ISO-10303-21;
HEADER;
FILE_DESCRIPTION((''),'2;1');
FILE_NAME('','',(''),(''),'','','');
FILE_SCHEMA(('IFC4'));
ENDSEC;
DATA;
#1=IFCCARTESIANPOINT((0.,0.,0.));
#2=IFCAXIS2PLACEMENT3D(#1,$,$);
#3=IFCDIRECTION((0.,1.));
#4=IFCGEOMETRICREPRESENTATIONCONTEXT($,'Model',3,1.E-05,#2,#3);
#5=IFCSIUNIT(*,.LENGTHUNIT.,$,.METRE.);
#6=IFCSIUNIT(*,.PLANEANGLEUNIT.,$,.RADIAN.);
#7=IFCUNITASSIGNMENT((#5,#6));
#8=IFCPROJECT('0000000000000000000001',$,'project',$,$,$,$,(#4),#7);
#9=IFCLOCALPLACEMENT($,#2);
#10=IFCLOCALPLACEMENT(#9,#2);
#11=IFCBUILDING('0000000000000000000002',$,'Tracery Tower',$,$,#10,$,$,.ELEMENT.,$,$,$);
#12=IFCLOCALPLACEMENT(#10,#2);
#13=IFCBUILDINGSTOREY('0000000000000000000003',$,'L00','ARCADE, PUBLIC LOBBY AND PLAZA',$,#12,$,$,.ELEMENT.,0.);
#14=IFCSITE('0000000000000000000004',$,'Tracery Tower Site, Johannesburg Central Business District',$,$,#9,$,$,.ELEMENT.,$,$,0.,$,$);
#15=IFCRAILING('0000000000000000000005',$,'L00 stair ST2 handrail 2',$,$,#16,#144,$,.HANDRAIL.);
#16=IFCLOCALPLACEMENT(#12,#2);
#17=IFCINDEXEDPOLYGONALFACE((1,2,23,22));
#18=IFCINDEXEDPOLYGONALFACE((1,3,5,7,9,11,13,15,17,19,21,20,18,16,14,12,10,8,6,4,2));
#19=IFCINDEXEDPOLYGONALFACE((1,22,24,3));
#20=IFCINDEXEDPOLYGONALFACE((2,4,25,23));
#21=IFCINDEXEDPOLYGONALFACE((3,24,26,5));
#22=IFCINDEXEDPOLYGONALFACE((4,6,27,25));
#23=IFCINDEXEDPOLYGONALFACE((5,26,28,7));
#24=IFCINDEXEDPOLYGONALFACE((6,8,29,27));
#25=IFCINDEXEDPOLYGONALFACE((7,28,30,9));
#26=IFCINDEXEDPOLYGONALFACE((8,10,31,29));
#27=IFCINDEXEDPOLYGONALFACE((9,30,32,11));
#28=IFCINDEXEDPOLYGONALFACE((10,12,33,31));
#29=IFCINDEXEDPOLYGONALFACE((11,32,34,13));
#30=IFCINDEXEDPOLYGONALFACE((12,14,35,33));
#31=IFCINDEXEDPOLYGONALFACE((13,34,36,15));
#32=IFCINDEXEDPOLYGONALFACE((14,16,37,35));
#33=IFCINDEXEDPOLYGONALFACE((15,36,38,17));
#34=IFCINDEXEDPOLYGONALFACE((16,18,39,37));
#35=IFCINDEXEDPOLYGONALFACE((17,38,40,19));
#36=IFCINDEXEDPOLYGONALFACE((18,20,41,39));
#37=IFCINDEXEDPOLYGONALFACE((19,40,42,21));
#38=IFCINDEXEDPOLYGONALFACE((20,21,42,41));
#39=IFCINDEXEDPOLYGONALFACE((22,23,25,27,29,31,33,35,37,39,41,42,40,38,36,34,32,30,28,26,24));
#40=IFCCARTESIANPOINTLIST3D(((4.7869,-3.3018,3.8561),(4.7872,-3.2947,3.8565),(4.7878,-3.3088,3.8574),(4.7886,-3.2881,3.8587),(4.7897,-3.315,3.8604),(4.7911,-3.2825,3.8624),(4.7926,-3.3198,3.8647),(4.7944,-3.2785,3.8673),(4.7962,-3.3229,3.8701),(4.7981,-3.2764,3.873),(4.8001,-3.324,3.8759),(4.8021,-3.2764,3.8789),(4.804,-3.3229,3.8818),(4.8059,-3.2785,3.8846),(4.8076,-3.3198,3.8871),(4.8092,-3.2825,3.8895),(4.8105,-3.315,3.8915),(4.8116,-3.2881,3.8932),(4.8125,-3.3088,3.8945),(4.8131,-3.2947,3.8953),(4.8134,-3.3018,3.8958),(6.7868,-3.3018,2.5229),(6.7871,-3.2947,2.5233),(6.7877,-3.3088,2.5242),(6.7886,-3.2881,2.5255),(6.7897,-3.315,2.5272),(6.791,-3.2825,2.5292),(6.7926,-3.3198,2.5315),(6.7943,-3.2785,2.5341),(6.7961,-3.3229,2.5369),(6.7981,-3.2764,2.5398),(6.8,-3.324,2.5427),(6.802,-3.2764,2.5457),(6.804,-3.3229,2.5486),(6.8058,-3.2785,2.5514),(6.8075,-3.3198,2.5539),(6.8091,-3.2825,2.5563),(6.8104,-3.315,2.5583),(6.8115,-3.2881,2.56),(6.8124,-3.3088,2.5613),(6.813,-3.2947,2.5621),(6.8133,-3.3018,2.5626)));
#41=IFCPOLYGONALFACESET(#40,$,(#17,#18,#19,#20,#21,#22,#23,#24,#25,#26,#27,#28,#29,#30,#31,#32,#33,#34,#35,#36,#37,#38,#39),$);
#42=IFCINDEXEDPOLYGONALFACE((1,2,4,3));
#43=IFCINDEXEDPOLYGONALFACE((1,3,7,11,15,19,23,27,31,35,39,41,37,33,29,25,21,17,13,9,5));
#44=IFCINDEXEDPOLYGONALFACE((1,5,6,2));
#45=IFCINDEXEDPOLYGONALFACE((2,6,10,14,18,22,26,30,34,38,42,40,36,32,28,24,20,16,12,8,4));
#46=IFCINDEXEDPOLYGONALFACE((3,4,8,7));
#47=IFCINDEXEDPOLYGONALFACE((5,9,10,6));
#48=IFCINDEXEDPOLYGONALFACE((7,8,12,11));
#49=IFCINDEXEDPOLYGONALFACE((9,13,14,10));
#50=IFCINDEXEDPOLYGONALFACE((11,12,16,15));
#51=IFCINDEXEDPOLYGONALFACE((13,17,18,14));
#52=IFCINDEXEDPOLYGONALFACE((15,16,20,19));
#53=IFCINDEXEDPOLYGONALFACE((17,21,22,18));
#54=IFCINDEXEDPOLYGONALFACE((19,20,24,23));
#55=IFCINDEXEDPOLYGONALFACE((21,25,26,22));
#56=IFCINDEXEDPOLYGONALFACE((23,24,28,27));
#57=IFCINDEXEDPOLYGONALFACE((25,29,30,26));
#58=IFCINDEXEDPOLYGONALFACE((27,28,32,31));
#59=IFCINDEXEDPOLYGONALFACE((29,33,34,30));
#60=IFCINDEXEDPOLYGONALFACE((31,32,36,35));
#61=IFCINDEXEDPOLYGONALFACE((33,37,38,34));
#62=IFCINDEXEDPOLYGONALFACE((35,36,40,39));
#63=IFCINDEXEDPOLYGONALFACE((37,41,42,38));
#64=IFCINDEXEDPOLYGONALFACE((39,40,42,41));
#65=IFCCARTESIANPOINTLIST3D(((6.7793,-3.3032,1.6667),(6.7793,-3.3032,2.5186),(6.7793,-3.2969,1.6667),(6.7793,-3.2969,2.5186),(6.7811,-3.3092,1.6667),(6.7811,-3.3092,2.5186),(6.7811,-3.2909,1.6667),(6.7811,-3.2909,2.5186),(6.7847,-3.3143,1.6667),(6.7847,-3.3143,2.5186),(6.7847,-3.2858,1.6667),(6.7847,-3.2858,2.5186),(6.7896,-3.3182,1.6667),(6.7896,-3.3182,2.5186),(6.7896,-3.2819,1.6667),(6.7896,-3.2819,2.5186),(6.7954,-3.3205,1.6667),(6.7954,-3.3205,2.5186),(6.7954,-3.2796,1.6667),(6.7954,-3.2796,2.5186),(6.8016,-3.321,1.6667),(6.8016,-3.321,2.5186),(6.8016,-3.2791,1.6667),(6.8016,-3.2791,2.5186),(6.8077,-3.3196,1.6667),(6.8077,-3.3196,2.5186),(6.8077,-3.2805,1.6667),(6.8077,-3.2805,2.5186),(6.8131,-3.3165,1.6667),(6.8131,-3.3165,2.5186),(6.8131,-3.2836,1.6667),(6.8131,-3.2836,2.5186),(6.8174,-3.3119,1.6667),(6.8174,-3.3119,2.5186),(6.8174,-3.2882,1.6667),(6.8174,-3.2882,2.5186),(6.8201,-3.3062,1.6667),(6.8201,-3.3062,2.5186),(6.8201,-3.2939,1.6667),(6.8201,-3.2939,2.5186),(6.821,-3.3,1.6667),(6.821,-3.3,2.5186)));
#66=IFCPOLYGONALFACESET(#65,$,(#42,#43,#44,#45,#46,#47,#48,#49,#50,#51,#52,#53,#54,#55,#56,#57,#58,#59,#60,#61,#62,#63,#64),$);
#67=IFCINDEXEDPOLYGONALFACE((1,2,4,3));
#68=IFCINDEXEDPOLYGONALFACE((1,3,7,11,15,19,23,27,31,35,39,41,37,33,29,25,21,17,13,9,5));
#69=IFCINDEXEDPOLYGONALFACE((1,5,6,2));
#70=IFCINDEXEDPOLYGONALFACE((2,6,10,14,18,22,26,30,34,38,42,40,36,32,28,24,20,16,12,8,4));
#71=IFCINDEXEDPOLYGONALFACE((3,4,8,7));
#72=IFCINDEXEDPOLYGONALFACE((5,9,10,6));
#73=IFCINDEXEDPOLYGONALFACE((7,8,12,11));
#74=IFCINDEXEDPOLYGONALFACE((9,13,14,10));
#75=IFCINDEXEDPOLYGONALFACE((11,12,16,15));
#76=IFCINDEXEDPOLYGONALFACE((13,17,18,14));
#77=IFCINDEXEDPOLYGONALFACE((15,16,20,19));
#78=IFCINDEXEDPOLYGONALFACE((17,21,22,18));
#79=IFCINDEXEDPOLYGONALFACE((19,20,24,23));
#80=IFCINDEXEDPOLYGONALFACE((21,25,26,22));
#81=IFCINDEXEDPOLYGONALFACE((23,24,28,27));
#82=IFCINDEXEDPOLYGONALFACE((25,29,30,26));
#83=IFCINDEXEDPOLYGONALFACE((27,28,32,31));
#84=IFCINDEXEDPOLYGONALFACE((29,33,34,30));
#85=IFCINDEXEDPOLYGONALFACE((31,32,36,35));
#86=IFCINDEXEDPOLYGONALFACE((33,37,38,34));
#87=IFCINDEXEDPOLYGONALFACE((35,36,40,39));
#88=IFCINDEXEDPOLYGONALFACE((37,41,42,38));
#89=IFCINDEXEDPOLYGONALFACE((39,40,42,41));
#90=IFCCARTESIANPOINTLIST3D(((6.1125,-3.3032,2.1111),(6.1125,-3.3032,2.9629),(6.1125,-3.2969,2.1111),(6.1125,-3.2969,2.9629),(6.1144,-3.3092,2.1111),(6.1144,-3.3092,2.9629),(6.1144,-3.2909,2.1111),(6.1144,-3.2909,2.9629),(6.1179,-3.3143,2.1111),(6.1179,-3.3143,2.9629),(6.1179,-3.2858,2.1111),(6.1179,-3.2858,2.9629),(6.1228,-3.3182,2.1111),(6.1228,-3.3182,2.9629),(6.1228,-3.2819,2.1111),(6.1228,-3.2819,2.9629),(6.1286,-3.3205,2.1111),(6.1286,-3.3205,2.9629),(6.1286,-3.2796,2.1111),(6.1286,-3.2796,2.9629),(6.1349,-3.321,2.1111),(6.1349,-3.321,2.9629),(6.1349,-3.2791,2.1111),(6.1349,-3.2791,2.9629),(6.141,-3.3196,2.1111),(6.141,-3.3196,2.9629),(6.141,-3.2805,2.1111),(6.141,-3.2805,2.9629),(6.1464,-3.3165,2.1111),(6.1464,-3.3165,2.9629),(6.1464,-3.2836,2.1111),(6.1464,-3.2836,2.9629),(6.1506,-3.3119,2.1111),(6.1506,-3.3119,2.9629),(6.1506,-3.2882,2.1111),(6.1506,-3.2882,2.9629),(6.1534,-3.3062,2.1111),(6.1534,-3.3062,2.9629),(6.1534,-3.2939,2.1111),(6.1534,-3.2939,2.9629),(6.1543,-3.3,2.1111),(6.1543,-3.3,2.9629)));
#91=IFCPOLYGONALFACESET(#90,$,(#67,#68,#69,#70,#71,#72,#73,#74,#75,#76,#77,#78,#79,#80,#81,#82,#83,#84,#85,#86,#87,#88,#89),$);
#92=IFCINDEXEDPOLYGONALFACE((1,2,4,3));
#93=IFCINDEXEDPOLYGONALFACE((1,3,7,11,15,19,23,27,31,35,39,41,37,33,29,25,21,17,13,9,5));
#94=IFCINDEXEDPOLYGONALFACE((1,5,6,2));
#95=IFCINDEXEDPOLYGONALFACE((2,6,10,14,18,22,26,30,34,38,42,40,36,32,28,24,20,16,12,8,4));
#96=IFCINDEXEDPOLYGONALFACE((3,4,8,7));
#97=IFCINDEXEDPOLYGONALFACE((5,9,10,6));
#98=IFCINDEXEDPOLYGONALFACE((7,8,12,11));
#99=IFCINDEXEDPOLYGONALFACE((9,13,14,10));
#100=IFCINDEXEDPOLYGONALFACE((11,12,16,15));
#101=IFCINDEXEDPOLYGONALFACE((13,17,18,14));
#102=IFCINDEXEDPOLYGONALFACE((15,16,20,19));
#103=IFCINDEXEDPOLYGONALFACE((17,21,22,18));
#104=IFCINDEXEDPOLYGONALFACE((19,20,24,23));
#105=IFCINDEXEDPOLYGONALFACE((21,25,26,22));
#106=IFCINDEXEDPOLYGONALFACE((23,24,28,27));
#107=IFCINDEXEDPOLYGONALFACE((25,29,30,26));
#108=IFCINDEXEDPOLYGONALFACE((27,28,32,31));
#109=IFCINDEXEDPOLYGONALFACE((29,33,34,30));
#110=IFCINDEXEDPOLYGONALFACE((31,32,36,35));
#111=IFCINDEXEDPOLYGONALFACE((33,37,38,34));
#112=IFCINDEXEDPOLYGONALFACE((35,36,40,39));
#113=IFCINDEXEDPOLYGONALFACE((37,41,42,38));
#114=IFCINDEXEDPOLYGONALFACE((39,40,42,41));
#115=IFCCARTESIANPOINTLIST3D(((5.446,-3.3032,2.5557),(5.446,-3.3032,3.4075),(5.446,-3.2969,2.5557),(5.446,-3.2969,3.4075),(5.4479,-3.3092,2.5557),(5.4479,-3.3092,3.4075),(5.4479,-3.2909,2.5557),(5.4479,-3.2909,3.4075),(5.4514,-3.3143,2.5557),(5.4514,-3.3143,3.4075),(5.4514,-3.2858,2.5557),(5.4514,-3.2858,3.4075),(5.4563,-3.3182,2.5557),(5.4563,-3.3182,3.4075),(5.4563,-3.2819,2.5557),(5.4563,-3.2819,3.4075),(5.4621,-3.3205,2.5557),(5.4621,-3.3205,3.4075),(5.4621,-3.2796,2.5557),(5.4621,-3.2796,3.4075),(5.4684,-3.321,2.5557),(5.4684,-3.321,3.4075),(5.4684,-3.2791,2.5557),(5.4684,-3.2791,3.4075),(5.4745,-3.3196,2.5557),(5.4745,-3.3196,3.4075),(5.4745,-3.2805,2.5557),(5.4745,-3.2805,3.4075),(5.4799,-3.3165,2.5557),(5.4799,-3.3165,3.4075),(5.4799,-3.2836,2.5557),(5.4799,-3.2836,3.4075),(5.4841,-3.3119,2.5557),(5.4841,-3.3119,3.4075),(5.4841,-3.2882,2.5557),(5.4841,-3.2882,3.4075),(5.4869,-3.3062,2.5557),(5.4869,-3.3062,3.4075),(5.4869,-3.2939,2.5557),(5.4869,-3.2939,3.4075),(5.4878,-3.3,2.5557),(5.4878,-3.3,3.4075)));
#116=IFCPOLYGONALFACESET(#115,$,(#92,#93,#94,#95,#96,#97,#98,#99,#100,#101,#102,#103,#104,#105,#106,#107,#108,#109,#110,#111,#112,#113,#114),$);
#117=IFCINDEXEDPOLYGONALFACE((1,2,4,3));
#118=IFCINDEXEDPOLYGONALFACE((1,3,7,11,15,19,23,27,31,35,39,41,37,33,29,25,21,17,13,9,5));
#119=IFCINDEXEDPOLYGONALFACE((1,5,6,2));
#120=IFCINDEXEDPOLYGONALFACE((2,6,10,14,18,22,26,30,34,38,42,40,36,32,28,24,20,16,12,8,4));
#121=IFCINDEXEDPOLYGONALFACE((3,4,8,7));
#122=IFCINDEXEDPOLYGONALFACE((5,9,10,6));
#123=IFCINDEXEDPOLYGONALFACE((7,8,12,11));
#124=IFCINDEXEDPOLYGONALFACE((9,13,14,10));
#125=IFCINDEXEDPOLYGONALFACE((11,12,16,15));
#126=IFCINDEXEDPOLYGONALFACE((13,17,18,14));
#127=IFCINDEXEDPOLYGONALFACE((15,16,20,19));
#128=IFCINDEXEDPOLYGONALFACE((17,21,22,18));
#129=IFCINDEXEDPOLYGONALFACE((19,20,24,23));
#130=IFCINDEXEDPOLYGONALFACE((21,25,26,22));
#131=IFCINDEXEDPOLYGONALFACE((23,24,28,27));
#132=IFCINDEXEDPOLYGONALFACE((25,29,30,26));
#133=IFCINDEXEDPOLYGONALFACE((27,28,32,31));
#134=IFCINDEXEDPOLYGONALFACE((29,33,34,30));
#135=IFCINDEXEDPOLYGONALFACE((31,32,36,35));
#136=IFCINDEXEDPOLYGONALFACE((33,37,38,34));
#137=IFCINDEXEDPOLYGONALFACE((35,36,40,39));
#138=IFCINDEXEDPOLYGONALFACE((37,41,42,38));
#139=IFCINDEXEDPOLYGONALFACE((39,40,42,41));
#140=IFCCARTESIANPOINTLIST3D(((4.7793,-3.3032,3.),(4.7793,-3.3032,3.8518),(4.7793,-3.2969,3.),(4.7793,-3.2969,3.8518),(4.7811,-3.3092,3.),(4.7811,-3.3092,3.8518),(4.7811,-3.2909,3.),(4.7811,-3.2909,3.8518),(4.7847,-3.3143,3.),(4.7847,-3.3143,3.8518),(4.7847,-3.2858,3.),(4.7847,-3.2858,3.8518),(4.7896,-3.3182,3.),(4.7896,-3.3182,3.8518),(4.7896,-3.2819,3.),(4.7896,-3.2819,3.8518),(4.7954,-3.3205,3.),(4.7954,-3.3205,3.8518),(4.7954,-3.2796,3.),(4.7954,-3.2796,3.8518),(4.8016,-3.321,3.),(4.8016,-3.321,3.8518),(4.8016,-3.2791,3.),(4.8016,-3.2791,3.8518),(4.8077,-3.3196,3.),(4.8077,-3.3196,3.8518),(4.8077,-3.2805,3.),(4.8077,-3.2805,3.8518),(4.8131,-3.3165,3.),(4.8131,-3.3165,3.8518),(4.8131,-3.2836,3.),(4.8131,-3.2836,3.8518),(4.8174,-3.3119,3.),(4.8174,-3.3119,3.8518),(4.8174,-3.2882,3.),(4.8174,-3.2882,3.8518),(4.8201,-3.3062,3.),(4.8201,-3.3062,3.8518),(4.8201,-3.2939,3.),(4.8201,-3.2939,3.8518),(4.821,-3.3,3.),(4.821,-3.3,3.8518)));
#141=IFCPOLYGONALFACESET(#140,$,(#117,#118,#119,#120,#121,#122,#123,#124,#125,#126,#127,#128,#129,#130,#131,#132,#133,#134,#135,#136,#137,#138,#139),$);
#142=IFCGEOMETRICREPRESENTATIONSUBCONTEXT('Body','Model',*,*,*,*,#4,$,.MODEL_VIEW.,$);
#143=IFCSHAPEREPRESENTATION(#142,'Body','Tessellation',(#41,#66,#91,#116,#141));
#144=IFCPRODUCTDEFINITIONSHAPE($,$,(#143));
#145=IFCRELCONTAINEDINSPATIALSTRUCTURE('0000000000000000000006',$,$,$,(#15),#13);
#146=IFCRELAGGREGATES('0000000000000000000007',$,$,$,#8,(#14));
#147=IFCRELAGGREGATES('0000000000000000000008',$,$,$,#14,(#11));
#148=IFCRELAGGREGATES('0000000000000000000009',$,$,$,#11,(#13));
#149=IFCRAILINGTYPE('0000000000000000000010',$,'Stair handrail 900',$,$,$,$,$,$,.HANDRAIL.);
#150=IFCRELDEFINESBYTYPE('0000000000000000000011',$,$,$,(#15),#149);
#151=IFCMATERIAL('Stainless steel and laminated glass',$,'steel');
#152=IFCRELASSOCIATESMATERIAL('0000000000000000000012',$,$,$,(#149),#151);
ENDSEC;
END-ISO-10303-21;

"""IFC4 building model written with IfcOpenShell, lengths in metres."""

from ifc_helpers import new_model, si_unit, direction, frame, origin, origin_2d, place, context, subcontext, project, spatial, circle, extrude, material, type_object, element, save


model = new_model("IFC4")

# Units and contexts
model_context = context("Model", 3, precision=1e-05, world=origin(), true_north=direction((0.0, 1.0)))
body_context = subcontext(model_context, "Body", "Model", "MODEL_VIEW")
ifc_project = project(units=[si_unit("LENGTHUNIT", "METRE"), si_unit("PLANEANGLEUNIT", "RADIAN")], contexts=[model_context])

# Site, building, storey
site_placement = place(None, origin())
site = spatial("IfcSite", under=ifc_project, at=site_placement, Name="Tracery Tower Site, Johannesburg Central Business District", CompositionType="ELEMENT", RefElevation=0.0)
building_placement = place(site_placement, origin())
building = spatial("IfcBuilding", under=site, at=building_placement, Name="Tracery Tower", CompositionType="ELEMENT")
storey_placement = place(building_placement, origin())
storey = spatial("IfcBuildingStorey", under=building, at=storey_placement, Name="L00", Description="ARCADE, PUBLIC LOBBY AND PLAZA", CompositionType="ELEMENT", Elevation=0.0)

# Railing
ifc_material_1 = material(Name="Stainless steel and laminated glass", Category="steel")
railing_type_1 = type_object("IfcRailingType", Name="Stair handrail 900", PredefinedType="HANDRAIL", material=ifc_material_1)
railing_1_placement = place(storey_placement, frame((6.8, -3.3, 1.6667)))
element("IfcRailing", 1, at=railing_1_placement, inside=storey, type_object=railing_type_1, Name="L00 stair ST2 handrail 2", PredefinedType="HANDRAIL", context=body_context, shape_type="SweptSolid", body=[
    extrude(circle(Radius=0.0239, at=origin_2d()), frame((0.0, 0.0, 0.876), z_axis=(-0.832066, 0.0, 0.554677), x_axis=(0.0, -1.0, 0.0)), (0.0, 0.0, 1.0), 2.4036),
    extrude(circle(Radius=0.021, at=origin_2d()), origin(), (0.0, 0.0, 1.0), 0.8518),
    extrude(circle(Radius=0.021, at=origin_2d()), frame((-0.6667, 0.0, 0.4443)), (0.0, 0.0, 1.0), 0.8518),
    extrude(circle(Radius=0.021, at=origin_2d()), frame((-1.3333, 0.0, 0.8889)), (0.0, 0.0, 1.0), 0.8518),
    extrude(circle(Radius=0.021, at=origin_2d()), frame((-2.0, 0.0, 1.3333)), (0.0, 0.0, 1.0), 0.8518),
])

save(model, "model.ifc")
